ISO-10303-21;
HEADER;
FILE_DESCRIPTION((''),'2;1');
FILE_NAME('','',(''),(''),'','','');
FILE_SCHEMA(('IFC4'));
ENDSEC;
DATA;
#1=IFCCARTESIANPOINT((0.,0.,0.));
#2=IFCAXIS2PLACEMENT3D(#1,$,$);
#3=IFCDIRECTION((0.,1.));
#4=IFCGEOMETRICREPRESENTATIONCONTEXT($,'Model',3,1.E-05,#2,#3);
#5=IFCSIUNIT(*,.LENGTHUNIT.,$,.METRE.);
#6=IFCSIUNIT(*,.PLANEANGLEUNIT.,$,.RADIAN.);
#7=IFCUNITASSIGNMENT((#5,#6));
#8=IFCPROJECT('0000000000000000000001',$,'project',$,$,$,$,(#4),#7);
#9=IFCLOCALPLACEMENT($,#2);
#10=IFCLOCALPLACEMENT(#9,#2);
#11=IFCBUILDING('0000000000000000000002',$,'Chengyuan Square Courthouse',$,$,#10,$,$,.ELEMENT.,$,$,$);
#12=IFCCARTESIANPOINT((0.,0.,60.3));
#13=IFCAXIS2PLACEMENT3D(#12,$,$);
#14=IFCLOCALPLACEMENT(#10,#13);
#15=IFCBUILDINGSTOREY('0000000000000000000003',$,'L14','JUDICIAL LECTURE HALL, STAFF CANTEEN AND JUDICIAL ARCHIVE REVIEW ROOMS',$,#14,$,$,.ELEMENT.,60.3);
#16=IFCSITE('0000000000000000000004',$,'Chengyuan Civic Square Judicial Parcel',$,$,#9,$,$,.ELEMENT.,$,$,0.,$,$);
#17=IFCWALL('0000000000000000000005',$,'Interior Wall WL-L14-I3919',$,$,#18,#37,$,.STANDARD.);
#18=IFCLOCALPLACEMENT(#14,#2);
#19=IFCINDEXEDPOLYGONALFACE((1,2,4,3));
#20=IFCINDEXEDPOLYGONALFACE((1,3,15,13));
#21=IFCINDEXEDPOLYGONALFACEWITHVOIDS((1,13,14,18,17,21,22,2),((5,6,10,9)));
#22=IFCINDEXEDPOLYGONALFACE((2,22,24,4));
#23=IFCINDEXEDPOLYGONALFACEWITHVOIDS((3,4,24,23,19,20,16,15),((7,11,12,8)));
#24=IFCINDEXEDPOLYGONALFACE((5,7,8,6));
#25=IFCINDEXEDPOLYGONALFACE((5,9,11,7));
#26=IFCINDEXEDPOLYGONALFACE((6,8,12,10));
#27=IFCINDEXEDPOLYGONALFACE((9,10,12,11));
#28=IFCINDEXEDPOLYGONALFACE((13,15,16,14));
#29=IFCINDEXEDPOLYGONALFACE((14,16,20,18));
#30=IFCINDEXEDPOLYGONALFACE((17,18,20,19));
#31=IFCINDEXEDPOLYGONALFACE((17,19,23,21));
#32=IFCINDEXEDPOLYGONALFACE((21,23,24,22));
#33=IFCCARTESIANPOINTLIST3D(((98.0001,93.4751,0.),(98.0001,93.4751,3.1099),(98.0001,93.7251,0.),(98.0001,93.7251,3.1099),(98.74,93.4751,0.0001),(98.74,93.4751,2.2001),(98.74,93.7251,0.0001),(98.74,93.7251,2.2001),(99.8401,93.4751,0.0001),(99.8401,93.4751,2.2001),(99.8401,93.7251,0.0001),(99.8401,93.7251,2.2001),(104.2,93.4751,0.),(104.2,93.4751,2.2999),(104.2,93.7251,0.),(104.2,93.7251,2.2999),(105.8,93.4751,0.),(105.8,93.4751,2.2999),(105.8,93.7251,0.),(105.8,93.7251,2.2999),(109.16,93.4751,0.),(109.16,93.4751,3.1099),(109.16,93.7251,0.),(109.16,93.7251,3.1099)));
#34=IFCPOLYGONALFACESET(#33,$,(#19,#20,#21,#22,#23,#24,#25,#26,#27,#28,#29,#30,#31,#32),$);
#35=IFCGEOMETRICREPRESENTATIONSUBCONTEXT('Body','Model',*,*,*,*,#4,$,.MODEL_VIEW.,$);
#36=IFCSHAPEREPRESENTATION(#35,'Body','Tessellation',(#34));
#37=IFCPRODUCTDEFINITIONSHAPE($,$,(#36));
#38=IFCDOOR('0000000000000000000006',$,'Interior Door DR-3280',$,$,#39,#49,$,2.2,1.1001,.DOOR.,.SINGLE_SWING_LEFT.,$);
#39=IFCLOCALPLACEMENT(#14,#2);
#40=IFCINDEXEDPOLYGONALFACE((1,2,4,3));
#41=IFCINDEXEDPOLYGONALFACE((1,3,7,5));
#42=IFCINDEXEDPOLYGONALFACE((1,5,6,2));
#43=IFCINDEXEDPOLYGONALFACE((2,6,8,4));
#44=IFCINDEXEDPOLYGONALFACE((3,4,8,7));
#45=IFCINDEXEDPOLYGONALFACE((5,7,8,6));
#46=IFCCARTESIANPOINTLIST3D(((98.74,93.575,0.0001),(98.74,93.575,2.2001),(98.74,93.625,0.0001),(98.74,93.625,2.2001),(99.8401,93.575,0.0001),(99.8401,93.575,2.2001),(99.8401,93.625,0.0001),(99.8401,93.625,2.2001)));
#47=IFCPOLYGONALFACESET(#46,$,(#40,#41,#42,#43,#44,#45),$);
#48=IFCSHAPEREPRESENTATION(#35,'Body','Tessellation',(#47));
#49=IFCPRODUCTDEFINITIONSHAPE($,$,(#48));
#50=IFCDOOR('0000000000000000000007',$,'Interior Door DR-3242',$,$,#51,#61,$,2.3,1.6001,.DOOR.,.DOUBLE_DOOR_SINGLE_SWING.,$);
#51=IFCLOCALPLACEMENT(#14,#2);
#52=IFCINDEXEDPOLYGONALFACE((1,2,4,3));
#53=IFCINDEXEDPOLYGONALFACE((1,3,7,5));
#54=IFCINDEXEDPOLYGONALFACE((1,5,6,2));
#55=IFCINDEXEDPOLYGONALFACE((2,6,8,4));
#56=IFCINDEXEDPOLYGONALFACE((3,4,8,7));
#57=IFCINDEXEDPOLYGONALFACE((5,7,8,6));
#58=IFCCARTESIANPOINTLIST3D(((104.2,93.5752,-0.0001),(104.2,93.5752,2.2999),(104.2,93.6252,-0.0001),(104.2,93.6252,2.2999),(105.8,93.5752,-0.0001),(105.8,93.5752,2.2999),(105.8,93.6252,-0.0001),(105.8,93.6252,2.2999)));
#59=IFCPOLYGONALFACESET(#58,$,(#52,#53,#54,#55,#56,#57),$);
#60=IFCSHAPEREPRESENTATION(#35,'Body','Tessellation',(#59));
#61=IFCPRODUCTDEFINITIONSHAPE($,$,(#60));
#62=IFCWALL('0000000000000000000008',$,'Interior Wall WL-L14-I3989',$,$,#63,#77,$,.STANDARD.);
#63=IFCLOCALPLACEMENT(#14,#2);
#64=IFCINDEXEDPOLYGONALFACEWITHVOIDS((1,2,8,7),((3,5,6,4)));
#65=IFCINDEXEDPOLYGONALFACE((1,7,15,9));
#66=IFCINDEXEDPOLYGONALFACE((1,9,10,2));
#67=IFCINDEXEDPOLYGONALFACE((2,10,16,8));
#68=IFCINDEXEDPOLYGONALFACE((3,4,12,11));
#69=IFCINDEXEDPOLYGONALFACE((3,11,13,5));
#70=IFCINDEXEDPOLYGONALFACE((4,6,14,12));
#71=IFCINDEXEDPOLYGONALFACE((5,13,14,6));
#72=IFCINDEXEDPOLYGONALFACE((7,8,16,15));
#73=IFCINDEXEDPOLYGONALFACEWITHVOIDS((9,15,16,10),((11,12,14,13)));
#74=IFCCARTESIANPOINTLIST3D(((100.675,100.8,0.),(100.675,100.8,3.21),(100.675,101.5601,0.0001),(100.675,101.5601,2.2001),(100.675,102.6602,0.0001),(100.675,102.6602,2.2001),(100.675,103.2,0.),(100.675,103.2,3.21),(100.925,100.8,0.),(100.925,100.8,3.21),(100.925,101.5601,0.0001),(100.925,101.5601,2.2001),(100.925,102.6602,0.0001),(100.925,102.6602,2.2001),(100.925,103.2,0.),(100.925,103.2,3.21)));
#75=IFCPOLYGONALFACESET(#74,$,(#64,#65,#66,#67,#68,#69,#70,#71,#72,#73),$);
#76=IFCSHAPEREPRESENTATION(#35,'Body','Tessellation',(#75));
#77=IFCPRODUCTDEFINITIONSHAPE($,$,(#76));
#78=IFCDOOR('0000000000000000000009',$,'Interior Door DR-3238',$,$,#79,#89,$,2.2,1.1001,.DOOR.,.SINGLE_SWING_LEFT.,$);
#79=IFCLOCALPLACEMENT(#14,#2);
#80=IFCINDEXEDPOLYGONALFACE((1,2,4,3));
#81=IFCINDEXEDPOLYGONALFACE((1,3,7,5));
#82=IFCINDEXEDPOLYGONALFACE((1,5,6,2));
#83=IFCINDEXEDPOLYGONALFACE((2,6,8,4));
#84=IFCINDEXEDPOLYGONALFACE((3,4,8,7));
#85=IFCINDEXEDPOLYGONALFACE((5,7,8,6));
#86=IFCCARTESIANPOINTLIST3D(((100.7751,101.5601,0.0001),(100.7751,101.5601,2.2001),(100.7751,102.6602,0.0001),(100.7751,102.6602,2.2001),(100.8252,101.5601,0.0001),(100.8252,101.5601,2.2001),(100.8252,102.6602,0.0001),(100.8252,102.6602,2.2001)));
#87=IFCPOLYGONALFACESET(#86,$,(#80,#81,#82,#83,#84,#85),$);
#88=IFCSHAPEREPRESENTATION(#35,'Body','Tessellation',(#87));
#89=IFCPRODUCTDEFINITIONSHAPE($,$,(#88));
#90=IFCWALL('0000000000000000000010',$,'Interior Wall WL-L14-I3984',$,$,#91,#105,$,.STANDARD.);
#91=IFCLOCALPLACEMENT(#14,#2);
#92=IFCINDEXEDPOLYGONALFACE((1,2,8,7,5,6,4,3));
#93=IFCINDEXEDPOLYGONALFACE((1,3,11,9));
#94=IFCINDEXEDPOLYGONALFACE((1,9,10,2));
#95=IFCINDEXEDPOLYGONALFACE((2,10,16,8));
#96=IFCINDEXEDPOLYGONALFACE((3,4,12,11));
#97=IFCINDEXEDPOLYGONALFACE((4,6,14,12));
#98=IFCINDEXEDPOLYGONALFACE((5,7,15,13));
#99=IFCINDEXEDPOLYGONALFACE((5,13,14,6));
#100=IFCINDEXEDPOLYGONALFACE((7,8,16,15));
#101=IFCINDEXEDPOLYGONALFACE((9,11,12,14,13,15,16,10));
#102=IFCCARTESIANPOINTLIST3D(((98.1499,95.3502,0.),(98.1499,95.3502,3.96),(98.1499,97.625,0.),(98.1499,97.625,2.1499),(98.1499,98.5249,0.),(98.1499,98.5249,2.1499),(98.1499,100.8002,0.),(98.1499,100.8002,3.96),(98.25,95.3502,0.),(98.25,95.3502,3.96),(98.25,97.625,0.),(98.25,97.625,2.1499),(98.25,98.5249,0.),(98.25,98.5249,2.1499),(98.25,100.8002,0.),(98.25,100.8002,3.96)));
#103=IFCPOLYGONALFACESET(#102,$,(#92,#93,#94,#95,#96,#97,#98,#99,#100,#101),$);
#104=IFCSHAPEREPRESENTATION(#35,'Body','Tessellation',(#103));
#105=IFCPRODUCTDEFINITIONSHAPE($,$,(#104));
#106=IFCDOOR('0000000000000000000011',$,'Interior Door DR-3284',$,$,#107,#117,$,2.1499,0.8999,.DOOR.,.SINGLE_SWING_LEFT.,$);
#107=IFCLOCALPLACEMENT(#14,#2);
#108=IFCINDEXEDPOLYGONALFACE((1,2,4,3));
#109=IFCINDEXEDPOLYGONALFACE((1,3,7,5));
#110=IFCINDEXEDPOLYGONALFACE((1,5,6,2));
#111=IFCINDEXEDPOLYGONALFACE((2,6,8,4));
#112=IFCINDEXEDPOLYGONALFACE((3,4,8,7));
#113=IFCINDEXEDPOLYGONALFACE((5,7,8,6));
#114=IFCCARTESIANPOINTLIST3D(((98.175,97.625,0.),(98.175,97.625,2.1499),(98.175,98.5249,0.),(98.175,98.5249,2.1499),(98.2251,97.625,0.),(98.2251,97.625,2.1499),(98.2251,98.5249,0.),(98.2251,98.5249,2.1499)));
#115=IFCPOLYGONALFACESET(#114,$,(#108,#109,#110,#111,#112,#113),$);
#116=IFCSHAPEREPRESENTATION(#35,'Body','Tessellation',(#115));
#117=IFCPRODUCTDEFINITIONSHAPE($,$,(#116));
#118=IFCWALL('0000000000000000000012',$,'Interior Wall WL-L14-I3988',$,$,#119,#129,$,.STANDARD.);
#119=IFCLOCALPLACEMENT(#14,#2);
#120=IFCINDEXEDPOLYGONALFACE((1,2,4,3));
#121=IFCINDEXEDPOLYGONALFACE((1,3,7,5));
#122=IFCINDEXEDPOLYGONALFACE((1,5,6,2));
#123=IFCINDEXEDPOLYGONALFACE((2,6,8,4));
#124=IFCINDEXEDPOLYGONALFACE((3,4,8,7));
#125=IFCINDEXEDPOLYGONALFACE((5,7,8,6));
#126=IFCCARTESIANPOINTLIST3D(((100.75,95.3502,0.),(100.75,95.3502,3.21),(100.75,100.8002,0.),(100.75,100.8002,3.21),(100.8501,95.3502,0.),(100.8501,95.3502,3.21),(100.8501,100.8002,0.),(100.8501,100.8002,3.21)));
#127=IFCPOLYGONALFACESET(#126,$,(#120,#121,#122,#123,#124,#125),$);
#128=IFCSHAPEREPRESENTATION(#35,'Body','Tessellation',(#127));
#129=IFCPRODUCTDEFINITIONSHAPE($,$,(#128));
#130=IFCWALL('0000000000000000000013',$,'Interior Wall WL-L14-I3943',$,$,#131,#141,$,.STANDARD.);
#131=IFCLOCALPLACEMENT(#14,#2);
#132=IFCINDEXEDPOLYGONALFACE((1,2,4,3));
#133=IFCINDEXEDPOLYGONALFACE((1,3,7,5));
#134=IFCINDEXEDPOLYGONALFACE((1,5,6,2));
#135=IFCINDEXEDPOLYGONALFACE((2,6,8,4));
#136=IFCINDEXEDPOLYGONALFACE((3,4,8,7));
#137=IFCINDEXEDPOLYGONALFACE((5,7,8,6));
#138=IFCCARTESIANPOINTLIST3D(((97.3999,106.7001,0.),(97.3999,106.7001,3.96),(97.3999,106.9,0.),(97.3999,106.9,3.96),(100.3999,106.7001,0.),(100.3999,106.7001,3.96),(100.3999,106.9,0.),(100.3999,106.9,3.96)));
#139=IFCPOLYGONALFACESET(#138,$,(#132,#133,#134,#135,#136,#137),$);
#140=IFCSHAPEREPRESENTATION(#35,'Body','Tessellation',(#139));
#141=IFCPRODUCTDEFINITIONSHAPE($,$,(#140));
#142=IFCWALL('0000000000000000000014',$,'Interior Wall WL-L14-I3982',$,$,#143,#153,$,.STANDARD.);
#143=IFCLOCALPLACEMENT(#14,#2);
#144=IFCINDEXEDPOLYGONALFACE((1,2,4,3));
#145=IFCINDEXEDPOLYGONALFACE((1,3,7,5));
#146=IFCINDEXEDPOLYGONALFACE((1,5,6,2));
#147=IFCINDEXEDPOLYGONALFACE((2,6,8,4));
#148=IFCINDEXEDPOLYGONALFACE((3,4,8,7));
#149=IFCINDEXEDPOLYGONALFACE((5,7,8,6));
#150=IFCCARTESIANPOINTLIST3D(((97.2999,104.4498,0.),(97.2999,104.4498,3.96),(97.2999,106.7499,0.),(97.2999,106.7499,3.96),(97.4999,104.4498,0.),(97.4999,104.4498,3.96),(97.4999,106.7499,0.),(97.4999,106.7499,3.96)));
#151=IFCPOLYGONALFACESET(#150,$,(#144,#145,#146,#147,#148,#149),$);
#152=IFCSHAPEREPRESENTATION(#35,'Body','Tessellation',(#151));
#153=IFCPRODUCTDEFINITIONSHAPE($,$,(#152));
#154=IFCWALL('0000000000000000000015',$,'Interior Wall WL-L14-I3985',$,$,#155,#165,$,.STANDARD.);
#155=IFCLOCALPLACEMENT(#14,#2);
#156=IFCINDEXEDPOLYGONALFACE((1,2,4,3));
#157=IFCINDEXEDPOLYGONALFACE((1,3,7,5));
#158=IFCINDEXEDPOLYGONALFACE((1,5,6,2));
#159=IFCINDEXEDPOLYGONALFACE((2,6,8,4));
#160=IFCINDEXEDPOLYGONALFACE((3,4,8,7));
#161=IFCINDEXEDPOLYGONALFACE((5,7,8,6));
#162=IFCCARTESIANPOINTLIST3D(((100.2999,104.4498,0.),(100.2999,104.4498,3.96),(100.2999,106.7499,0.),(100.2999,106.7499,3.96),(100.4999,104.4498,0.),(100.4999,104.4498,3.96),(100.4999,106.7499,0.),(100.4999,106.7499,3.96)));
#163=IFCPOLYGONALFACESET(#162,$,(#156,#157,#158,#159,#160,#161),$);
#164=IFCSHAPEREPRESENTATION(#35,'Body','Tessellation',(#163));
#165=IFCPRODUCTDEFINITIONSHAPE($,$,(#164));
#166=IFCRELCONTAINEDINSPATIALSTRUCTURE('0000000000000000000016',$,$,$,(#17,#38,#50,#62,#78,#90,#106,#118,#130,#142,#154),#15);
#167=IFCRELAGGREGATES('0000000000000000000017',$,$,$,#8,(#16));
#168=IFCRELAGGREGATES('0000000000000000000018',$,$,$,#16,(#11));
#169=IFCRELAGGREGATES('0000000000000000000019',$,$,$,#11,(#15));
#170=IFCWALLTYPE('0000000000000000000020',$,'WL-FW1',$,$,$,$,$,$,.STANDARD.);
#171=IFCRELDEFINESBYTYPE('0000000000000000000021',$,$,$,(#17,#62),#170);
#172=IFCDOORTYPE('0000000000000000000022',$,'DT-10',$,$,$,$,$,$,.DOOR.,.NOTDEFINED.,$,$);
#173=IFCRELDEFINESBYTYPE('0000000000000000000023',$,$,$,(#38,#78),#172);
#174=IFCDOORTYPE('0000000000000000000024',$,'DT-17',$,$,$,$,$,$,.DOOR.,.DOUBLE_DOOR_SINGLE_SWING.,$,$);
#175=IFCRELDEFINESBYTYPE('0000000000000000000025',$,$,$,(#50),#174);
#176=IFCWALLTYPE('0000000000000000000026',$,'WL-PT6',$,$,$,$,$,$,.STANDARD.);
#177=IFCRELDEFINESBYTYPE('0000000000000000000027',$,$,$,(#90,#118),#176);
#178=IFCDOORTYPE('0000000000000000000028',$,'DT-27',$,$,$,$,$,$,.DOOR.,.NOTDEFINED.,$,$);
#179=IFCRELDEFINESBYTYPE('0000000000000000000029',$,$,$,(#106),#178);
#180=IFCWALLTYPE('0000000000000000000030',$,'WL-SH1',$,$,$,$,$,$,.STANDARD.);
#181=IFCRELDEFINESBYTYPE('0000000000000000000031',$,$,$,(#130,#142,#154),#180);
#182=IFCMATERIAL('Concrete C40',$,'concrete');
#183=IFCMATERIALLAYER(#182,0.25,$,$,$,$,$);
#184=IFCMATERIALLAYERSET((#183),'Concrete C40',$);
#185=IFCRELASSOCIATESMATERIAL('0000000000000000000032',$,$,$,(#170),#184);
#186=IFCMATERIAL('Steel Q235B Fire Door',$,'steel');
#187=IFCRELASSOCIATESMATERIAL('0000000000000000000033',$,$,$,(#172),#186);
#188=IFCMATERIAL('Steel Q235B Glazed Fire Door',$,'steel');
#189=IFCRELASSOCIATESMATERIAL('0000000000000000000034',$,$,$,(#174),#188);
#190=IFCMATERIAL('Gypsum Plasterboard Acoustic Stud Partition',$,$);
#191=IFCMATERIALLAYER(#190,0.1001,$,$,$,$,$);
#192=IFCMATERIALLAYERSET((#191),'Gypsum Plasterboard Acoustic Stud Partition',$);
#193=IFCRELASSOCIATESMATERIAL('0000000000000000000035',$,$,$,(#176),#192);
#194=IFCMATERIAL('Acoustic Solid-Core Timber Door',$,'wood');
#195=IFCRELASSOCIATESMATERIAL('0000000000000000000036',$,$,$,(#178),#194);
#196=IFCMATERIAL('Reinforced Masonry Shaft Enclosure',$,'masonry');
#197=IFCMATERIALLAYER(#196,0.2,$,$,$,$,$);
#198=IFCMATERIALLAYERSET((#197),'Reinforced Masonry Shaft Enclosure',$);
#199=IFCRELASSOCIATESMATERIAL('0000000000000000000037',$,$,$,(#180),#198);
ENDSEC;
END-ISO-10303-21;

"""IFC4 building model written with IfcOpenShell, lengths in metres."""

from ifc_helpers import new_model, si_unit, direction, frame, frame_2d, origin, place, context, subcontext, project, spatial, rectangle, extrude, material, layer, layer_set, type_object, element, fill, save


model = new_model("IFC4")

# Units and contexts
model_context = context("Model", 3, precision=1e-05, world=origin(), true_north=direction((0.0, 1.0)))
body_context = subcontext(model_context, "Body", "Model", "MODEL_VIEW")
ifc_project = project(units=[si_unit("LENGTHUNIT", "METRE"), si_unit("PLANEANGLEUNIT", "RADIAN")], contexts=[model_context])

# Site, building, storey
site_placement = place(None, origin())
site = spatial("IfcSite", under=ifc_project, at=site_placement, Name="Chengyuan Civic Square Judicial Parcel", CompositionType="ELEMENT", RefElevation=0.0)
building_placement = place(site_placement, origin())
building = spatial("IfcBuilding", under=site, at=building_placement, Name="Chengyuan Square Courthouse", CompositionType="ELEMENT")
storey_placement = place(building_placement, frame((0.0, 0.0, 60.3)))
storey = spatial("IfcBuildingStorey", under=building, at=storey_placement, Name="L14", Description="JUDICIAL LECTURE HALL, STAFF CANTEEN AND JUDICIAL ARCHIVE REVIEW ROOMS", CompositionType="ELEMENT", Elevation=60.3)

# Shared definitions
ifc_material_1 = material(Name="Concrete C40", Category="concrete")

# Wall, openings, doors
ifc_layer_1 = layer(ifc_material_1, 0.25)
ifc_layer_set_1 = layer_set([ifc_layer_1], Name="Concrete C40")
wall_type_1 = type_object("IfcWallType", Name="WL-FW1", PredefinedType="STANDARD", material=ifc_layer_set_1)
wall_1_placement = place(storey_placement, frame((98.0, 93.6001, 0.0), z_axis=(0.0, 0.0, 1.0), x_axis=(1.0, 0.0, 0.0)))
wall_1 = element("IfcWall", 1, at=wall_1_placement, inside=storey, type_object=wall_type_1, Name="Interior Wall WL-L14-I3919", PredefinedType="STANDARD", context=body_context, shape_type="SweptSolid", body=[
    extrude(rectangle(XDim=11.1599, YDim=0.25, at=frame_2d((5.5801, 0.0))), origin(), (0.0, 0.0, 1.0), 3.1099),
])
opening_1_placement = place(wall_1_placement, frame((6.2, 0.0, 0.0)))
opening_1 = element("IfcOpeningElement", 2, at=opening_1_placement, cuts=wall_1, PredefinedType="OPENING", context=body_context, shape_type="SweptSolid", body=[
    extrude(rectangle(XDim=1.6001, YDim=2.3, at=frame_2d((0.8, 1.1499))), frame((0.0, 0.137, 0.0), z_axis=(0.0, -1.0, 0.0), x_axis=(1.0, 0.0, 0.0)), (0.0, 0.0, 1.0), 0.2739),
])
opening_2_placement = place(wall_1_placement, frame((0.74, 0.0, 0.0)))
opening_2 = element("IfcOpeningElement", 3, at=opening_2_placement, cuts=wall_1, PredefinedType="OPENING", context=body_context, shape_type="SweptSolid", body=[
    extrude(rectangle(XDim=1.1001, YDim=2.2, at=frame_2d((0.55, 1.1001))), frame((0.0, 0.137, 0.0), z_axis=(0.0, -1.0, 0.0), x_axis=(1.0, 0.0, 0.0)), (0.0, 0.0, 1.0), 0.2739),
])
ifc_material_2 = material(Name="Steel Q235B Fire Door", Category="steel")
door_type_1 = type_object("IfcDoorType", Name="DT-10", OperationType="NOTDEFINED", PredefinedType="DOOR", material=ifc_material_2)
door_1_placement = place(opening_2_placement, origin())
door_1 = element("IfcDoor", 4, at=door_1_placement, inside=storey, type_object=door_type_1, Name="Interior Door DR-3280", OperationType="SINGLE_SWING_LEFT", OverallHeight=2.2, OverallWidth=1.1001, PredefinedType="DOOR", context=body_context, shape_type="SweptSolid", body=[
    extrude(rectangle(XDim=1.1001, YDim=2.2, at=frame_2d((0.55, 1.1001))), frame((0.0, 0.0249, 0.0), z_axis=(0.0, -1.0, 0.0), x_axis=(1.0, 0.0, 0.0)), (0.0, 0.0, 1.0), 0.05),
])
fill(opening_2, door_1)
ifc_material_3 = material(Name="Steel Q235B Glazed Fire Door", Category="steel")
door_type_2 = type_object("IfcDoorType", Name="DT-17", OperationType="DOUBLE_DOOR_SINGLE_SWING", PredefinedType="DOOR", material=ifc_material_3)
door_2_placement = place(opening_1_placement, frame((1.6001, 0.0, 0.0), z_axis=(0.0, 0.0, 1.0), x_axis=(-1.0, 0.0, 0.0)))
door_2 = element("IfcDoor", 5, at=door_2_placement, inside=storey, type_object=door_type_2, Name="Interior Door DR-3242", OperationType="DOUBLE_DOOR_SINGLE_SWING", OverallHeight=2.3, OverallWidth=1.6001, PredefinedType="DOOR", context=body_context, shape_type="SweptSolid", body=[
    extrude(rectangle(XDim=1.6001, YDim=2.3, at=frame_2d((0.8, 1.1499))), frame((0.0, 0.0249, 0.0), z_axis=(0.0, -1.0, 0.0), x_axis=(1.0, 0.0, 0.0)), (0.0, 0.0, 1.0), 0.05),
])
fill(opening_1, door_2)

# Walls, openings, doors
wall_2_placement = place(storey_placement, frame((100.8, 100.8, 0.0), z_axis=(0.0, 0.0, 1.0), x_axis=(0.0, 1.0, 0.0)))
wall_2 = element("IfcWall", 6, at=wall_2_placement, inside=storey, type_object=wall_type_1, Name="Interior Wall WL-L14-I3989", PredefinedType="STANDARD", context=body_context, shape_type="SweptSolid", body=[
    extrude(rectangle(XDim=2.3999, YDim=0.25, at=frame_2d((1.2, 0.0))), origin(), (0.0, 0.0, 1.0), 3.21),
])
opening_3_placement = place(wall_2_placement, frame((0.76, 0.0, 0.0)))
opening_3 = element("IfcOpeningElement", 7, at=opening_3_placement, cuts=wall_2, PredefinedType="OPENING", context=body_context, shape_type="SweptSolid", body=[
    extrude(rectangle(XDim=1.1001, YDim=2.2, at=frame_2d((0.55, 1.1001))), frame((0.0, 0.137, 0.0), z_axis=(0.0, -1.0, 0.0), x_axis=(1.0, 0.0, 0.0)), (0.0, 0.0, 1.0), 0.2739),
])
door_3_placement = place(opening_3_placement, origin())
door_3 = element("IfcDoor", 8, at=door_3_placement, inside=storey, type_object=door_type_1, Name="Interior Door DR-3238", OperationType="SINGLE_SWING_LEFT", OverallHeight=2.2, OverallWidth=1.1001, PredefinedType="DOOR", context=body_context, shape_type="SweptSolid", body=[
    extrude(rectangle(XDim=1.1001, YDim=2.2, at=frame_2d((0.55, 1.1001))), frame((0.0, 0.0249, 0.0), z_axis=(0.0, -1.0, 0.0), x_axis=(1.0, 0.0, 0.0)), (0.0, 0.0, 1.0), 0.05),
])
fill(opening_3, door_3)
ifc_material_4 = material(Name="Gypsum Plasterboard Acoustic Stud Partition")
ifc_layer_2 = layer(ifc_material_4, 0.1001)
ifc_layer_set_2 = layer_set([ifc_layer_2], Name="Gypsum Plasterboard Acoustic Stud Partition")
wall_type_2 = type_object("IfcWallType", Name="WL-PT6", PredefinedType="STANDARD", material=ifc_layer_set_2)
wall_3_placement = place(storey_placement, frame((98.2, 95.3501, 0.0), z_axis=(0.0, 0.0, 1.0), x_axis=(0.0, 1.0, 0.0)))
wall_3 = element("IfcWall", 9, at=wall_3_placement, inside=storey, type_object=wall_type_2, Name="Interior Wall WL-L14-I3984", PredefinedType="STANDARD", context=body_context, shape_type="SweptSolid", body=[
    extrude(rectangle(XDim=5.45, YDim=0.1001, at=frame_2d((2.7251, 0.0))), origin(), (0.0, 0.0, 1.0), 3.96),
])
opening_4_placement = place(wall_3_placement, frame((2.2749, 0.0, 0.0)))
opening_4 = element("IfcOpeningElement", 10, at=opening_4_placement, cuts=wall_3, PredefinedType="OPENING", context=body_context, shape_type="SweptSolid", body=[
    extrude(rectangle(XDim=0.8999, YDim=2.1499, at=frame_2d((0.45, 1.075))), frame((0.0, 0.062, 0.0), z_axis=(0.0, -1.0, 0.0), x_axis=(1.0, 0.0, 0.0)), (0.0, 0.0, 1.0), 0.124),
])
ifc_material_5 = material(Name="Acoustic Solid-Core Timber Door", Category="wood")
door_type_3 = type_object("IfcDoorType", Name="DT-27", OperationType="NOTDEFINED", PredefinedType="DOOR", material=ifc_material_5)
door_4_placement = place(opening_4_placement, origin())
door_4 = element("IfcDoor", 11, at=door_4_placement, inside=storey, type_object=door_type_3, Name="Interior Door DR-3284", OperationType="SINGLE_SWING_LEFT", OverallHeight=2.1499, OverallWidth=0.8999, PredefinedType="DOOR", context=body_context, shape_type="SweptSolid", body=[
    extrude(rectangle(XDim=0.8999, YDim=2.1499, at=frame_2d((0.45, 1.075))), frame((0.0, 0.0249, 0.0), z_axis=(0.0, -1.0, 0.0), x_axis=(1.0, 0.0, 0.0)), (0.0, 0.0, 1.0), 0.05),
])
fill(opening_4, door_4)

# Wall
wall_4_placement = place(storey_placement, frame((100.8, 95.3501, 0.0), z_axis=(0.0, 0.0, 1.0), x_axis=(0.0, 1.0, 0.0)))
element("IfcWall", 12, at=wall_4_placement, inside=storey, type_object=wall_type_2, Name="Interior Wall WL-L14-I3988", PredefinedType="STANDARD", context=body_context, shape_type="SweptSolid", body=[
    extrude(rectangle(XDim=5.45, YDim=0.1001, at=frame_2d((2.7251, 0.0))), origin(), (0.0, 0.0, 1.0), 3.21),
])

# Shared definitions
ifc_material_6 = material(Name="Reinforced Masonry Shaft Enclosure", Category="masonry")
ifc_layer_3 = layer(ifc_material_6, 0.2)
ifc_layer_set_3 = layer_set([ifc_layer_3], Name="Reinforced Masonry Shaft Enclosure")
wall_type_3 = type_object("IfcWallType", Name="WL-SH1", PredefinedType="STANDARD", material=ifc_layer_set_3)

# Walls
wall_5_placement = place(storey_placement, frame((97.3999, 106.8, 0.0), z_axis=(0.0, 0.0, 1.0), x_axis=(1.0, 0.0, 0.0)))
element("IfcWall", 13, at=wall_5_placement, inside=storey, type_object=wall_type_3, Name="Interior Wall WL-L14-I3943", PredefinedType="STANDARD", context=body_context, shape_type="SweptSolid", body=[
    extrude(rectangle(XDim=3.0, YDim=0.2, at=frame_2d((1.5, 0.0))), origin(), (0.0, 0.0, 1.0), 3.96),
])
for number, where, z_axis, x_axis, name in (
    (14, (97.3999, 104.45, 0.0), (0.0, 0.0, 1.0), (0.0, 1.0, 0.0), "Interior Wall WL-L14-I3982"),
    (15, (100.3999, 104.45, 0.0), (0.0, 0.0, 1.0), (0.0, 1.0, 0.0), "Interior Wall WL-L14-I3985"),
):
    element("IfcWall", number, at=place(storey_placement, frame(where, z_axis=z_axis, x_axis=x_axis)), inside=storey, type_object=wall_type_3, Name=name, PredefinedType="STANDARD", context=body_context, shape_type="SweptSolid", body=[
        extrude(rectangle(XDim=2.3, YDim=0.2, at=frame_2d((1.1499, 0.0))), origin(), (0.0, 0.0, 1.0), 3.96),
    ])

save(model, "model.ifc")
